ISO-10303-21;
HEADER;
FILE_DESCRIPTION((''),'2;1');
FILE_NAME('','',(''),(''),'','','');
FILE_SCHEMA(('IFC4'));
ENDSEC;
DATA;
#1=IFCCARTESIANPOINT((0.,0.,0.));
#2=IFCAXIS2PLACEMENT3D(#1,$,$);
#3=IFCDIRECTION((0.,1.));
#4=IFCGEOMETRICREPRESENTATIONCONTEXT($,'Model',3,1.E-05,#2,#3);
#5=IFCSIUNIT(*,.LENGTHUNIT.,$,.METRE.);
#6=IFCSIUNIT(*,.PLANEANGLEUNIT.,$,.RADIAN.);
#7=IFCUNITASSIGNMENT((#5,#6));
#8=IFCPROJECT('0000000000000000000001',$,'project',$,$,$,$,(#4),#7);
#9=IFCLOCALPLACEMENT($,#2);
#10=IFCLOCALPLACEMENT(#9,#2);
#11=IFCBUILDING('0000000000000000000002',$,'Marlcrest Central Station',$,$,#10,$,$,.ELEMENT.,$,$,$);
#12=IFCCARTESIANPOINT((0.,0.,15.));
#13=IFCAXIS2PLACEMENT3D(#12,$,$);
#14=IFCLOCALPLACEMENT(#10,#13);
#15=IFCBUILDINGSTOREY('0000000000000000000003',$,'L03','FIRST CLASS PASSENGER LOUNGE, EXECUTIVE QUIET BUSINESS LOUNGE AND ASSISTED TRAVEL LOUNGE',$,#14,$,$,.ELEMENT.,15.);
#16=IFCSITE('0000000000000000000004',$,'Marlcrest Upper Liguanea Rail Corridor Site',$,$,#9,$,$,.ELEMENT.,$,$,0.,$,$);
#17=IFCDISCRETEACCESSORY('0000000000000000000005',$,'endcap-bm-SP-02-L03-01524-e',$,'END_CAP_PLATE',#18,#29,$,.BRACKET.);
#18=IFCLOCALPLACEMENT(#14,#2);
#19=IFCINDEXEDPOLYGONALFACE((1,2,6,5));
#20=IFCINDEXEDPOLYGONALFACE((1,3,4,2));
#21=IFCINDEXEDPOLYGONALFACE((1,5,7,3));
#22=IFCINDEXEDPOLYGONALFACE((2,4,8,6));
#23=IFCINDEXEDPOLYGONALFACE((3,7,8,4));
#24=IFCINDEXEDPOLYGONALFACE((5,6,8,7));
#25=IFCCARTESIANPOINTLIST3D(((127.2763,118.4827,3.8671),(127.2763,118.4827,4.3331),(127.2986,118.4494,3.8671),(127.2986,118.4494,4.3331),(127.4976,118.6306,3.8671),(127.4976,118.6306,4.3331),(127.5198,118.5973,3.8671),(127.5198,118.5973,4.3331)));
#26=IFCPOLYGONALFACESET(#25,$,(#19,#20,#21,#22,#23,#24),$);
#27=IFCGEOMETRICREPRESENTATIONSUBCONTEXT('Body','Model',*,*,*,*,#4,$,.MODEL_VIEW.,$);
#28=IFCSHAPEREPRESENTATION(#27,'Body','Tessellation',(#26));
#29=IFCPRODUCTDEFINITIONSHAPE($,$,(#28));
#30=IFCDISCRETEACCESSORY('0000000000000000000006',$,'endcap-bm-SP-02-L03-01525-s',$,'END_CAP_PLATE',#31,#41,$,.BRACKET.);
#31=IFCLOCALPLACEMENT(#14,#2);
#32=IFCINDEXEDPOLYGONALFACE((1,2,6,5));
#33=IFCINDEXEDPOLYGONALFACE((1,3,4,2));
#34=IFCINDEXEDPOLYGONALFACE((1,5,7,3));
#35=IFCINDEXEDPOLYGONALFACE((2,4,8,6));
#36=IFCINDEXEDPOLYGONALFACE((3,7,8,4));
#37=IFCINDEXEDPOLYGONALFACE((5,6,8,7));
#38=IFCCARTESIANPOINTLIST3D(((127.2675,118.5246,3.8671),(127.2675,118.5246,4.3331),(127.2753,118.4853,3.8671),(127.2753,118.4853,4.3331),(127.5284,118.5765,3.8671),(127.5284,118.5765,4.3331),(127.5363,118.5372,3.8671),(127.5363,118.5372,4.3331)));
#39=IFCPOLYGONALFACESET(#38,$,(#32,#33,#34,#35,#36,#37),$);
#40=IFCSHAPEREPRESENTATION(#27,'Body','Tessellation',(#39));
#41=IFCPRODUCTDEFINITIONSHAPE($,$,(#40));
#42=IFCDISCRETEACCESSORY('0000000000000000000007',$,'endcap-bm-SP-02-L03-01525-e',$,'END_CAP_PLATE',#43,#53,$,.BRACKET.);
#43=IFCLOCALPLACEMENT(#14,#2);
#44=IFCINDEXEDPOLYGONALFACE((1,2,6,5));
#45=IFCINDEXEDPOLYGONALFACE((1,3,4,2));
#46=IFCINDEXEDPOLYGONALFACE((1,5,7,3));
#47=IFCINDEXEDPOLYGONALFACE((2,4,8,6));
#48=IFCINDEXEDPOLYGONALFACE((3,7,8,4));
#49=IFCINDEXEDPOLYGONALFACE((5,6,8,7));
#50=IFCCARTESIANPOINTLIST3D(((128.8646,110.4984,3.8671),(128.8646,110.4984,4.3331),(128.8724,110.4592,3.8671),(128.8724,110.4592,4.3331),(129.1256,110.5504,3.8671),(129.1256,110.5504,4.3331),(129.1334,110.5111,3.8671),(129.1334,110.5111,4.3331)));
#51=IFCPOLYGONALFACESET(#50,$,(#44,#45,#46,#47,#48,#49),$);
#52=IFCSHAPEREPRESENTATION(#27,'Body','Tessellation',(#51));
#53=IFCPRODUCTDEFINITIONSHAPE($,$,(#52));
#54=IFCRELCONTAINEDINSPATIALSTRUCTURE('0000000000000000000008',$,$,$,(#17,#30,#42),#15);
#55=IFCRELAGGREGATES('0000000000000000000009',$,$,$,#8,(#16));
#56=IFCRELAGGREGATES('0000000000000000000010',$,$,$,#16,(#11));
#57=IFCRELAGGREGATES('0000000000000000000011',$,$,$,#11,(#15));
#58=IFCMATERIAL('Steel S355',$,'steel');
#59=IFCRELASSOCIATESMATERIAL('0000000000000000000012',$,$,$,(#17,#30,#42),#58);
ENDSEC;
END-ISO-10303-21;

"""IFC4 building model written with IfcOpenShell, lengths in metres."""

from ifc_helpers import new_model, si_unit, direction, frame, origin, origin_2d, place, context, subcontext, project, spatial, rectangle, extrude, material, element, save


model = new_model("IFC4")

# Units and contexts
model_context = context("Model", 3, precision=1e-05, world=origin(), true_north=direction((0.0, 1.0)))
body_context = subcontext(model_context, "Body", "Model", "MODEL_VIEW")
ifc_project = project(units=[si_unit("LENGTHUNIT", "METRE"), si_unit("PLANEANGLEUNIT", "RADIAN")], contexts=[model_context])

# Site, building, storey
site_placement = place(None, origin())
site = spatial("IfcSite", under=ifc_project, at=site_placement, Name="Marlcrest Upper Liguanea Rail Corridor Site", CompositionType="ELEMENT", RefElevation=0.0)
building_placement = place(site_placement, origin())
building = spatial("IfcBuilding", under=site, at=building_placement, Name="Marlcrest Central Station", CompositionType="ELEMENT")
storey_placement = place(building_placement, frame((0.0, 0.0, 15.0)))
storey = spatial("IfcBuildingStorey", under=building, at=storey_placement, Name="L03", Description="FIRST CLASS PASSENGER LOUNGE, EXECUTIVE QUIET BUSINESS LOUNGE AND ASSISTED TRAVEL LOUNGE", CompositionType="ELEMENT", Elevation=15.0)

# Shared definitions
ifc_material_1 = material(Name="Steel S355", Category="steel")

# Discrete accessories
for number, where, z_axis, x_axis, name in (
    (1, (127.387, 118.5566, 4.1001), (0.555511, -0.831509, 0.0), (0.831509, 0.555511, 0.0), "endcap-bm-SP-02-L03-01524-e"),
    (2, (127.3979, 118.5505, 4.1001), (0.195171, -0.980769, 0.0), (0.980769, 0.195171, 0.0), "endcap-bm-SP-02-L03-01525-s"),
    (3, (128.9951, 110.5244, 4.1001), (0.195171, -0.980769, 0.0), (0.980769, 0.195171, 0.0), "endcap-bm-SP-02-L03-01525-e"),
):
    element("IfcDiscreteAccessory", number, at=place(storey_placement, frame(where, z_axis=z_axis, x_axis=x_axis)), inside=storey, material=ifc_material_1, Name=name, ObjectType="END_CAP_PLATE", PredefinedType="BRACKET", context=body_context, shape_type="SweptSolid", body=[
        extrude(rectangle(XDim=0.2661, YDim=0.4661, at=origin_2d()), origin(), (0.0, 0.0, 1.0), 0.04),
    ])

save(model, "model.ifc")
